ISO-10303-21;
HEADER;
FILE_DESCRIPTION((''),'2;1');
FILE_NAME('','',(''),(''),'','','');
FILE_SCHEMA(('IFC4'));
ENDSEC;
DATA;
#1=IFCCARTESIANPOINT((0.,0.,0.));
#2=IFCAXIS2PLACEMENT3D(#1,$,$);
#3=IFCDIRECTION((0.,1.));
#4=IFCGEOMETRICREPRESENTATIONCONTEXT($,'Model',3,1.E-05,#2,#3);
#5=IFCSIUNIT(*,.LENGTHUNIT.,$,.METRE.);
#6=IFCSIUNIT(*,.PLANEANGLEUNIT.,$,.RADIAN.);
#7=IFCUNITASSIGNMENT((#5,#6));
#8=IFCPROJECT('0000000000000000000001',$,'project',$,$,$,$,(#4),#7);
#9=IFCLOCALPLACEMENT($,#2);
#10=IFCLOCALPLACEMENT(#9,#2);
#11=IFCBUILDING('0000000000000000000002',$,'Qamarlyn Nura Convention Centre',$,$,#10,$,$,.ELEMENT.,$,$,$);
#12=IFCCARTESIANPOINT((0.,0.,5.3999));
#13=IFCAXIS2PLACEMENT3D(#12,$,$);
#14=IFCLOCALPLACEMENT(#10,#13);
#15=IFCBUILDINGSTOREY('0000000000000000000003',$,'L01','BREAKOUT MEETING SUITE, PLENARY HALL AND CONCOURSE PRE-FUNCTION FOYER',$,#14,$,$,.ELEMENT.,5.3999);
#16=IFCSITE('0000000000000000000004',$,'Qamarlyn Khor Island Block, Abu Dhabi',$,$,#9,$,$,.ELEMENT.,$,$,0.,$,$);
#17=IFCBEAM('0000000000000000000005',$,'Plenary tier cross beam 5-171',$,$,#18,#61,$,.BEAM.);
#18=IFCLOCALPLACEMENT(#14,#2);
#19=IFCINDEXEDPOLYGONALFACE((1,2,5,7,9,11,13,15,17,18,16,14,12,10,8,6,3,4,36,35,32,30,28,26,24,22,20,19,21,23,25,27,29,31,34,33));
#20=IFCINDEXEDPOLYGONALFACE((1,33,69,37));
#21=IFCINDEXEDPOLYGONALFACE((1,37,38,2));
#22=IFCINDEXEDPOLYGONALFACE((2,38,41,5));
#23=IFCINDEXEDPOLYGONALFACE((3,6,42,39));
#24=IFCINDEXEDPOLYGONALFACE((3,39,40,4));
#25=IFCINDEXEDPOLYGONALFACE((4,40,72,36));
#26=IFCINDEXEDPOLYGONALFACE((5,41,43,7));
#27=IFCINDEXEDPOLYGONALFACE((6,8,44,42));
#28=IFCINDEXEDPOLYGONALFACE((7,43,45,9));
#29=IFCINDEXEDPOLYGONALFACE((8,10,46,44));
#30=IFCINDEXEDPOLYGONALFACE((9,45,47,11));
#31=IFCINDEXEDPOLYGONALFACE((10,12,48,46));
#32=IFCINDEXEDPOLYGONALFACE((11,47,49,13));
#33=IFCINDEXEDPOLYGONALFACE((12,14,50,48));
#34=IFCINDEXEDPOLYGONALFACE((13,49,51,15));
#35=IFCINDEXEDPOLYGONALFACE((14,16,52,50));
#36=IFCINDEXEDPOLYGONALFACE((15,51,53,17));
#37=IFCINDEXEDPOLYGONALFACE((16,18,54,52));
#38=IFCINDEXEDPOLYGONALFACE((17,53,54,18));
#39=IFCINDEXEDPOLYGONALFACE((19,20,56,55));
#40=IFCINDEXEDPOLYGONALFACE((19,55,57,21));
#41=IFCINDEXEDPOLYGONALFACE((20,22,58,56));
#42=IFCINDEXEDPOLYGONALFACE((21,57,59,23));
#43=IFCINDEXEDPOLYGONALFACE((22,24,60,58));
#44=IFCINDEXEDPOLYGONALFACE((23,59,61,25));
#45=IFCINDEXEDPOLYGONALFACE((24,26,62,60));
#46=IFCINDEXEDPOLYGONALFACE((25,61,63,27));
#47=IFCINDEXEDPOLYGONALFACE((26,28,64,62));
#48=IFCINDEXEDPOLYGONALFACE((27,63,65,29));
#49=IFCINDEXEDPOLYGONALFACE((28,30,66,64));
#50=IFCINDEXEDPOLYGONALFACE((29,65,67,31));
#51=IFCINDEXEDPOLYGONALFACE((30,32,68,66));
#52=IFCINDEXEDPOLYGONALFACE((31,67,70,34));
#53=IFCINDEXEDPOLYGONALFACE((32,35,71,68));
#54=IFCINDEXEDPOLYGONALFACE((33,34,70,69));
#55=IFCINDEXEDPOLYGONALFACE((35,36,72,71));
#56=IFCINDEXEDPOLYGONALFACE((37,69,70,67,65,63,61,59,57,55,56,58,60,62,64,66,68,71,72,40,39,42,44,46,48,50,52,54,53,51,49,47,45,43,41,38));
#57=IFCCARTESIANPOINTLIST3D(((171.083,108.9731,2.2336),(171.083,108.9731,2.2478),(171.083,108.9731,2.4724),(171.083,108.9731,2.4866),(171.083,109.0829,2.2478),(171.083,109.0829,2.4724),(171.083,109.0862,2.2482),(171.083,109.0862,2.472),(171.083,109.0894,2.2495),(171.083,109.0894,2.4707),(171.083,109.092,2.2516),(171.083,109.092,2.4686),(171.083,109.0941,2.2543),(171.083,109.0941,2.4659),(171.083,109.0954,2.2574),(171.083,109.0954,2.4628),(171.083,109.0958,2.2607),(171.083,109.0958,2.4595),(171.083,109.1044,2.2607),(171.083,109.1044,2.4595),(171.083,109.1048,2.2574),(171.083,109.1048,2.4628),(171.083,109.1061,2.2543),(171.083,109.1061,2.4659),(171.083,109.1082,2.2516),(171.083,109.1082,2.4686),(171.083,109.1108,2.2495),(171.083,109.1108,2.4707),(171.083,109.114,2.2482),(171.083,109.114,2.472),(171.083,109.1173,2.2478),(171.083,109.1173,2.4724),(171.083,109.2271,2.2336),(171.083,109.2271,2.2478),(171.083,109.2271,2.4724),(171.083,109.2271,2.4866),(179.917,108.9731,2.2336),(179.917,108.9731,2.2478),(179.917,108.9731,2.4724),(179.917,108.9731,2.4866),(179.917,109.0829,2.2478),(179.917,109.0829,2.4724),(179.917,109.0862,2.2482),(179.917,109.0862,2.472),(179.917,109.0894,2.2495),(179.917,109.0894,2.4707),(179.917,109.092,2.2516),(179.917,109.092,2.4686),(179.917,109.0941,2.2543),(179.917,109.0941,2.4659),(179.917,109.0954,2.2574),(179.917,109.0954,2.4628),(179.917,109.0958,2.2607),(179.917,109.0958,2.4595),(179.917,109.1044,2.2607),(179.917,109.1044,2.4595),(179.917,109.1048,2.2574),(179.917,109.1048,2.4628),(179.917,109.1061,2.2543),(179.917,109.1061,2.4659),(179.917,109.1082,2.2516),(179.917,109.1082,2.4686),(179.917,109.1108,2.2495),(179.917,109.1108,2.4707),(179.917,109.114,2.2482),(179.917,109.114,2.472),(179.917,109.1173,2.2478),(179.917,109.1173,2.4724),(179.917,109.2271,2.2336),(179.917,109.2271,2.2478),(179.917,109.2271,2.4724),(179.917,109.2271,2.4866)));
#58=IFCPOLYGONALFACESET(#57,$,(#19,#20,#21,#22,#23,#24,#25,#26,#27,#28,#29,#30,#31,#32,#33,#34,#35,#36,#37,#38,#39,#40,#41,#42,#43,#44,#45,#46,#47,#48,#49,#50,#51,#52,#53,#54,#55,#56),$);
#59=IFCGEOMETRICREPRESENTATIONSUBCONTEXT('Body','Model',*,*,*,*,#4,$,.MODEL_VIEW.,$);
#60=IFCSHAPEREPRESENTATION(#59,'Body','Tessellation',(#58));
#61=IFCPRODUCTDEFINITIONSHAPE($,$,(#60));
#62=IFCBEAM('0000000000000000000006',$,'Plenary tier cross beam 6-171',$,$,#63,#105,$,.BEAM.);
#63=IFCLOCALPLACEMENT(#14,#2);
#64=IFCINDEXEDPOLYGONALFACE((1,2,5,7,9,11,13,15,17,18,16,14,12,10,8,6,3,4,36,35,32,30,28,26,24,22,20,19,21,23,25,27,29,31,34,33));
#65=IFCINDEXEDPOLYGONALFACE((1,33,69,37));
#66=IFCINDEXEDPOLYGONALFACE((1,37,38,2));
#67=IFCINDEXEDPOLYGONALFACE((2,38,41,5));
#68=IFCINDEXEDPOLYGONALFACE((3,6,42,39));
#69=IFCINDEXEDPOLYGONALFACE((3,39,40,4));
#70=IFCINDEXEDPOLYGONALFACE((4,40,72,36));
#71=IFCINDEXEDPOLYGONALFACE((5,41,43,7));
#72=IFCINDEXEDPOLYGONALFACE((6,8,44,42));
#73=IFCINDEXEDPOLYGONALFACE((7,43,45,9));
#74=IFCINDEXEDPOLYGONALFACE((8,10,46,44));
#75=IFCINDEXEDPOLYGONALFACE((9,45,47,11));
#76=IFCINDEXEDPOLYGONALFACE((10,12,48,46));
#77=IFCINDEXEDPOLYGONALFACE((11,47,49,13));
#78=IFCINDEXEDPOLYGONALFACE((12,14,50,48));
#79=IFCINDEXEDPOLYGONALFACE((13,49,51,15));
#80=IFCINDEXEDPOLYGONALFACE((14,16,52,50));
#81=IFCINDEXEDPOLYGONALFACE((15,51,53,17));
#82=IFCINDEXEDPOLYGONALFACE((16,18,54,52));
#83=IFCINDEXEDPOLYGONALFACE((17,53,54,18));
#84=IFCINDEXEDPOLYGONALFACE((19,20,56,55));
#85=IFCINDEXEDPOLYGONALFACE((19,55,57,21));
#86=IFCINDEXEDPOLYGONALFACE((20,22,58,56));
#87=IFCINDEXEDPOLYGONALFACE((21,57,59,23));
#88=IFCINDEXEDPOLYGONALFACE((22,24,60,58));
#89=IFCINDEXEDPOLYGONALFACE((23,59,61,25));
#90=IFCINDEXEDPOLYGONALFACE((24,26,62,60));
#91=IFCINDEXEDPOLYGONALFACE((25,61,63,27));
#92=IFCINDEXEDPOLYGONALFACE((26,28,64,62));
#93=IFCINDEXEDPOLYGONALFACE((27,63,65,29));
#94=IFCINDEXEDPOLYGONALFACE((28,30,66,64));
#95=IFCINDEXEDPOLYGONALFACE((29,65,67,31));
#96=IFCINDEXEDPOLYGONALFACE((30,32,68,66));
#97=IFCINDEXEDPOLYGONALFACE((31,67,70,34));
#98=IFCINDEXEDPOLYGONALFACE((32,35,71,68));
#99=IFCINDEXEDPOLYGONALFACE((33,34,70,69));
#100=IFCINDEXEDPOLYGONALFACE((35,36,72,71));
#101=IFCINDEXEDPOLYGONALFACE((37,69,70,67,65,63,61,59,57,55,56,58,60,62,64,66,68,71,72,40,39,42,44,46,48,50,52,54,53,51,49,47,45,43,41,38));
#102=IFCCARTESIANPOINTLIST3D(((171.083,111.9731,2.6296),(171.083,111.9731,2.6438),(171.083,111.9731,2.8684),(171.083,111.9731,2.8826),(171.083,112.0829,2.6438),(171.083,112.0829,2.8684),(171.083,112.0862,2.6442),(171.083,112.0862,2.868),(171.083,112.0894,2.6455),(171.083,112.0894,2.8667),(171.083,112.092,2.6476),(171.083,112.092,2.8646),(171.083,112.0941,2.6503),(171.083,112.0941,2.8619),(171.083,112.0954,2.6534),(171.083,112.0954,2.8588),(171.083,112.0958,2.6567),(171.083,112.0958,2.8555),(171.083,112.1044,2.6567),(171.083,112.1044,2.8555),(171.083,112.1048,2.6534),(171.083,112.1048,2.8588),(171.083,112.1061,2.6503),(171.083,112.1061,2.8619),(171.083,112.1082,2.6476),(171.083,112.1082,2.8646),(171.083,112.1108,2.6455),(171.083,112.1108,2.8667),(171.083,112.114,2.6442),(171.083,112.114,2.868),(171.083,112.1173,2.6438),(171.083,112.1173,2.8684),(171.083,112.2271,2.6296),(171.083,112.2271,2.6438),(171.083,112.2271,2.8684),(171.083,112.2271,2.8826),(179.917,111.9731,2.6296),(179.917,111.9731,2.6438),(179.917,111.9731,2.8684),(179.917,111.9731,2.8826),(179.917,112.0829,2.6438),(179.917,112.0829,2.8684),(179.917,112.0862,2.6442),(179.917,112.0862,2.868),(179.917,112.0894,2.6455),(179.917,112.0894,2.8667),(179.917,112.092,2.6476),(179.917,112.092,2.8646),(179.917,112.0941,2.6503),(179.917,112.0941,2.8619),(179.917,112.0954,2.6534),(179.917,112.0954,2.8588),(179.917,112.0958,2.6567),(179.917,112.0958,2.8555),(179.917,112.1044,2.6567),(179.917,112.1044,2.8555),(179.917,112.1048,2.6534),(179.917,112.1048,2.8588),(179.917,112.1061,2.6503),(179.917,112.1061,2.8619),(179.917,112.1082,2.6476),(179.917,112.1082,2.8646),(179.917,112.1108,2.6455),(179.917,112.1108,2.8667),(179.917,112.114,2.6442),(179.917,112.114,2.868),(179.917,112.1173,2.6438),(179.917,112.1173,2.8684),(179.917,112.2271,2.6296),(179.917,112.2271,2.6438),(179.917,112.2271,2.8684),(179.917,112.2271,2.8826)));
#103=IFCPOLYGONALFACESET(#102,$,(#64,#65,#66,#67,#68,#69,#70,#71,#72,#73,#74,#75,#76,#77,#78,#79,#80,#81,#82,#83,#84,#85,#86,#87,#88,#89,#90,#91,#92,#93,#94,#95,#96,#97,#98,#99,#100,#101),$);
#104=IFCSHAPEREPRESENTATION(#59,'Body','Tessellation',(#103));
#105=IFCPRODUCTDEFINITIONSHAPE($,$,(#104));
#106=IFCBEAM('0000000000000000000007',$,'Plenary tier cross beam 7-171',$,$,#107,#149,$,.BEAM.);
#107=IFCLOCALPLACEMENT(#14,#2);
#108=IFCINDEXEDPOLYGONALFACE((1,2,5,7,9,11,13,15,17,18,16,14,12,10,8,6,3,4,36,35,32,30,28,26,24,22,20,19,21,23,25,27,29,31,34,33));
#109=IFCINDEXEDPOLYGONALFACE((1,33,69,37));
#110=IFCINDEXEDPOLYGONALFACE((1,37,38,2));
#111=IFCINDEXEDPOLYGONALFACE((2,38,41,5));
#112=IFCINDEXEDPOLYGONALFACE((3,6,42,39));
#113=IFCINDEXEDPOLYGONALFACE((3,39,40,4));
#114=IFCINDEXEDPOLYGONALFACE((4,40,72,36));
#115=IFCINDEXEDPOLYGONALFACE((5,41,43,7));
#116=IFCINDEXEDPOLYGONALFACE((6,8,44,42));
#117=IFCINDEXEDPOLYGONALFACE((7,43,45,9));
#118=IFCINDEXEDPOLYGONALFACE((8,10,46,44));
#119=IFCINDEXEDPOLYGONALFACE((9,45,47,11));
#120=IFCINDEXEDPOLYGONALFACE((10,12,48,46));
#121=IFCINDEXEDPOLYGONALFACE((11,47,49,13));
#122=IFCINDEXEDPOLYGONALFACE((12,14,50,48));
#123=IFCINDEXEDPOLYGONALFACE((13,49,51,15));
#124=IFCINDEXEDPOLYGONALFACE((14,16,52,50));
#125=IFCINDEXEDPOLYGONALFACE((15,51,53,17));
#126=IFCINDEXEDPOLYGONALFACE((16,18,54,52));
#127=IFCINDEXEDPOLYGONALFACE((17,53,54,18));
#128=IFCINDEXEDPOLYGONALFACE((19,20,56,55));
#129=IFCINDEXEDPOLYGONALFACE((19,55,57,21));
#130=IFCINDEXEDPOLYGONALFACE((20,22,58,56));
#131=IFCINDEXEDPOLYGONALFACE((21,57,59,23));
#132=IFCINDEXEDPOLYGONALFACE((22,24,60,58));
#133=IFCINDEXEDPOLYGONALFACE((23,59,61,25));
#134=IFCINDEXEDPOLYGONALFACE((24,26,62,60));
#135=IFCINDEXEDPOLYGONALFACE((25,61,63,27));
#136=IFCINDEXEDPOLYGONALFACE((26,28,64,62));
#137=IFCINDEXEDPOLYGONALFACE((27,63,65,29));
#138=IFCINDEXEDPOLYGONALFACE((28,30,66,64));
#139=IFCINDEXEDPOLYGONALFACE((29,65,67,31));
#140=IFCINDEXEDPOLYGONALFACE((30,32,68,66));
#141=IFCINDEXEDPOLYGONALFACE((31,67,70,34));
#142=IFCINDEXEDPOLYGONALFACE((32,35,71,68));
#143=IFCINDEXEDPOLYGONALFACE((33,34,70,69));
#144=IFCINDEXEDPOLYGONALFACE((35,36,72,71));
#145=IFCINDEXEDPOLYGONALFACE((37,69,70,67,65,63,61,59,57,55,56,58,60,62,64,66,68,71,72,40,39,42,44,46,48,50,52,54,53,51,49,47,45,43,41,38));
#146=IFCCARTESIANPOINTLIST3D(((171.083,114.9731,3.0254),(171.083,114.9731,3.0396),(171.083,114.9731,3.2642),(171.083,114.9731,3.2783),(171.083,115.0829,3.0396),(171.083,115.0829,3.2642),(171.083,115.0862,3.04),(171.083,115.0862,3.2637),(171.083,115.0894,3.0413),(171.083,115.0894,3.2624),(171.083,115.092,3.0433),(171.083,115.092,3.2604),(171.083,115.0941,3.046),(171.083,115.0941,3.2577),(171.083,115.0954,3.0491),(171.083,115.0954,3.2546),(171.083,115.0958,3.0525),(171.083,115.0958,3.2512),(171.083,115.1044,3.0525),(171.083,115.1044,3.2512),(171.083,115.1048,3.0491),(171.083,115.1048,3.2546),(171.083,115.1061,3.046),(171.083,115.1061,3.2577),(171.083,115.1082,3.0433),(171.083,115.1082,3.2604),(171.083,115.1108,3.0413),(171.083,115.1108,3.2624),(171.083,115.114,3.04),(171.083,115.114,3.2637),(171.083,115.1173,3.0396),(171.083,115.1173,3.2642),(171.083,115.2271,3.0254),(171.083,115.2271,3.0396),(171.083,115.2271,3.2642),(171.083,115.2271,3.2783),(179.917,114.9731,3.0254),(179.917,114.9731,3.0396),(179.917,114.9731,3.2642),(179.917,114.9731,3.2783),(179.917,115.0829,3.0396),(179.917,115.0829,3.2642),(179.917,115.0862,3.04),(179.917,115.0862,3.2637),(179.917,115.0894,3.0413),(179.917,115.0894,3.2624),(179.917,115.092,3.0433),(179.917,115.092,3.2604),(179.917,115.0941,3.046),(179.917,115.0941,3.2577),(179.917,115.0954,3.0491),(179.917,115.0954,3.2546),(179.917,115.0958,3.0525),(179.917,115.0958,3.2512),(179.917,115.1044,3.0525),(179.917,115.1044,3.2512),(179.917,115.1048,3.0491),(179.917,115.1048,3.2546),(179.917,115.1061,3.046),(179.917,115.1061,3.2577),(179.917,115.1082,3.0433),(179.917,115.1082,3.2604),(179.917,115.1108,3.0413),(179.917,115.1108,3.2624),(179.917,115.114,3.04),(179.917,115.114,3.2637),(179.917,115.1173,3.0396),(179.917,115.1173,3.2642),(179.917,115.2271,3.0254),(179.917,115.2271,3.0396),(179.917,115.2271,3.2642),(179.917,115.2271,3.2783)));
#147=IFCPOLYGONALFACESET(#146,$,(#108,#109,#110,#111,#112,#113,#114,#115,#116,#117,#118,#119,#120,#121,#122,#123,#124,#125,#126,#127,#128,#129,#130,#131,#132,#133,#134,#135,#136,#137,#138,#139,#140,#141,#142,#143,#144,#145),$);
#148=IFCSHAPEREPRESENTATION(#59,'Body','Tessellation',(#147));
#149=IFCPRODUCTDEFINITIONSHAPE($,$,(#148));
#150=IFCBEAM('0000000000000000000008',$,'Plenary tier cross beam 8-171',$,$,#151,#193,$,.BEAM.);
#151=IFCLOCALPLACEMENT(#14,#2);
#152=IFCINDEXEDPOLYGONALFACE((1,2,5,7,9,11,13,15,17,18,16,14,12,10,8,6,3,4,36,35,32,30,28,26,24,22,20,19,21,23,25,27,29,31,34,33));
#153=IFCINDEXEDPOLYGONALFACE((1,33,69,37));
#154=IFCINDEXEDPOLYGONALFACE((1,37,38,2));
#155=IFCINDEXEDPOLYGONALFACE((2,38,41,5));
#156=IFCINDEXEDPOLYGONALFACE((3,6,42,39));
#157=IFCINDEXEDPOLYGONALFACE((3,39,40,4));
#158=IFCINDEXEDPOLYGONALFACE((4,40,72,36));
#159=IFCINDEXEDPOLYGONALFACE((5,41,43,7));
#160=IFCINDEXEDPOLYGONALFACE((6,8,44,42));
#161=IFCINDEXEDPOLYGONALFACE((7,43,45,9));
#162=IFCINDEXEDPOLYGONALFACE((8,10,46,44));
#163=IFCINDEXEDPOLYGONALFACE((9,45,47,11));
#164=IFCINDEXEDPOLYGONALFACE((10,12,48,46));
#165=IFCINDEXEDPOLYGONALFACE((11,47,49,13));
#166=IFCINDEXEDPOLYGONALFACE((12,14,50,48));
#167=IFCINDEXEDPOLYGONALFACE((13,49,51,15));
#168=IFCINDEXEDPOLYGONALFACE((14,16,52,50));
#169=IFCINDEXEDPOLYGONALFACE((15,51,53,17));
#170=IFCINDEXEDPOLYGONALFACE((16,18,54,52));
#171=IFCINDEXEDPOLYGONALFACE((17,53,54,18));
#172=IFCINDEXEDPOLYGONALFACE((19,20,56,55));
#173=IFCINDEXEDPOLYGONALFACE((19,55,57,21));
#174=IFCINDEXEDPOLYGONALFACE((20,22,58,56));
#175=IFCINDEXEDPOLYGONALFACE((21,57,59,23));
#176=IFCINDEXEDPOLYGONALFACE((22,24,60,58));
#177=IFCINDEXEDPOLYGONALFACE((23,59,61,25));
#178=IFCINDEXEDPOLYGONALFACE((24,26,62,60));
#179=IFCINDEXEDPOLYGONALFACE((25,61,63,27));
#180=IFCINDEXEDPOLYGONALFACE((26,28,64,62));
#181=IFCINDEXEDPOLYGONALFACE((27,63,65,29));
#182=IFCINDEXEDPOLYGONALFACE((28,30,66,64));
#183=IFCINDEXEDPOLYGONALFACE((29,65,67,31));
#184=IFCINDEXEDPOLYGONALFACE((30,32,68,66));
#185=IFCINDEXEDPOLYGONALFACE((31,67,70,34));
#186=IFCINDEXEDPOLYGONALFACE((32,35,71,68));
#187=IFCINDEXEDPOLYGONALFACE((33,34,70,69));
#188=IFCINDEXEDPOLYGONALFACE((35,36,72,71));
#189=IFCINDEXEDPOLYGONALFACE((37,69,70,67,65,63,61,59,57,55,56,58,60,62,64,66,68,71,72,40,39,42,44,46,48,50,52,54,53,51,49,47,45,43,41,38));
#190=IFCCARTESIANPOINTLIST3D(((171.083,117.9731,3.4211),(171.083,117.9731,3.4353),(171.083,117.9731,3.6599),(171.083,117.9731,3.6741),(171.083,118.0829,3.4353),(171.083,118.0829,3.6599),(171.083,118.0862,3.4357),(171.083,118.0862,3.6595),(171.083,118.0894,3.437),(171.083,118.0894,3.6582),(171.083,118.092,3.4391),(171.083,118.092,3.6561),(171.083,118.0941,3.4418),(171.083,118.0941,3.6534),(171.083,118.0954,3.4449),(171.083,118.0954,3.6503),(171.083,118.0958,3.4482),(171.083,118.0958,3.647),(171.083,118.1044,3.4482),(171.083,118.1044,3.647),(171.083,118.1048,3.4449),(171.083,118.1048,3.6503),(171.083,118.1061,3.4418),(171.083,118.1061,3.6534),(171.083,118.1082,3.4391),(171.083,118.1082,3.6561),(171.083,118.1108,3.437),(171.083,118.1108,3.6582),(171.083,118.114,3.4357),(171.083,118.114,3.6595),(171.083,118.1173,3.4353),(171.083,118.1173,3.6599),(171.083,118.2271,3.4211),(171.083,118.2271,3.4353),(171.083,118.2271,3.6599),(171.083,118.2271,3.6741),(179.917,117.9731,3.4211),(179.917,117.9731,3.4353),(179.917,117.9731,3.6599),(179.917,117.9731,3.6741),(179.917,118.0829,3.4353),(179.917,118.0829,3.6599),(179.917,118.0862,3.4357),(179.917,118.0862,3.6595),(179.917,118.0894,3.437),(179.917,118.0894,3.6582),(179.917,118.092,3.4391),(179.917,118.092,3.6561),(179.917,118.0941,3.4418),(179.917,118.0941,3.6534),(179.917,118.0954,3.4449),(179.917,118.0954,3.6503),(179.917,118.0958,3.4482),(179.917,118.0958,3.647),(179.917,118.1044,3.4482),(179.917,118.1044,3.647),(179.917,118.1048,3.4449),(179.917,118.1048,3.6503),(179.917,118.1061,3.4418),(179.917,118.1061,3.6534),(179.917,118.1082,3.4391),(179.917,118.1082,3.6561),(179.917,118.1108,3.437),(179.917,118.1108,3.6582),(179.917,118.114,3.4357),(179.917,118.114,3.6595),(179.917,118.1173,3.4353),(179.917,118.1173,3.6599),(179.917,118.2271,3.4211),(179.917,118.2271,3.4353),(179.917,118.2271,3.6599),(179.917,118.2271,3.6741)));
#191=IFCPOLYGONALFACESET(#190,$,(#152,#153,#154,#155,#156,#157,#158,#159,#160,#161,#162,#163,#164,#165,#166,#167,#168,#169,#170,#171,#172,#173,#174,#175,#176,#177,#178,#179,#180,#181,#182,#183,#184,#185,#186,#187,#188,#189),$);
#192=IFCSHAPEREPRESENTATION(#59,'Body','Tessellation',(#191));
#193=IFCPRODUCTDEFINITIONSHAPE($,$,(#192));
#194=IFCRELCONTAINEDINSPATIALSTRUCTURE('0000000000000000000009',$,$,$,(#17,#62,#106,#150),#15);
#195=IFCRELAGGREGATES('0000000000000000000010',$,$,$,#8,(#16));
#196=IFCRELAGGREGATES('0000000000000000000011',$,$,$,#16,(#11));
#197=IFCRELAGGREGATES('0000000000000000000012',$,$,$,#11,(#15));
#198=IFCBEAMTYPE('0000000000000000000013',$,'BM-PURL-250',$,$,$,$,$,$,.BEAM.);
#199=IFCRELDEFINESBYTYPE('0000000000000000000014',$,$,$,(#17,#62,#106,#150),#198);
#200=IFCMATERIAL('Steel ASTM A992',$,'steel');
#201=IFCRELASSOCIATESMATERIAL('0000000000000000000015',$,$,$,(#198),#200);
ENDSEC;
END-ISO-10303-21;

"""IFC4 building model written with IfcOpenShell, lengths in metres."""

from ifc_helpers import new_model, si_unit, direction, frame, origin, origin_2d, place, context, subcontext, project, spatial, i_section, extrude, material, material_profile, profile_set, type_object, element, save


model = new_model("IFC4")

# Units and contexts
model_context = context("Model", 3, precision=1e-05, world=origin(), true_north=direction((0.0, 1.0)))
body_context = subcontext(model_context, "Body", "Model", "MODEL_VIEW")
ifc_project = project(units=[si_unit("LENGTHUNIT", "METRE"), si_unit("PLANEANGLEUNIT", "RADIAN")], contexts=[model_context])

# Site, building, storey
site_placement = place(None, origin())
site = spatial("IfcSite", under=ifc_project, at=site_placement, Name="Qamarlyn Khor Island Block, Abu Dhabi", CompositionType="ELEMENT", RefElevation=0.0)
building_placement = place(site_placement, origin())
building = spatial("IfcBuilding", under=site, at=building_placement, Name="Qamarlyn Nura Convention Centre", CompositionType="ELEMENT")
storey_placement = place(building_placement, frame((0.0, 0.0, 5.3999)))
storey = spatial("IfcBuildingStorey", under=building, at=storey_placement, Name="L01", Description="BREAKOUT MEETING SUITE, PLENARY HALL AND CONCOURSE PRE-FUNCTION FOYER", CompositionType="ELEMENT", Elevation=5.3999)

# Beams
ifc_material_1 = material(Name="Steel ASTM A992", Category="steel")
ifc_material_profile_1 = material_profile(ifc_material_1, i_section(OverallWidth=0.2539, OverallDepth=0.2529, WebThickness=0.0085, FlangeThickness=0.0142, FilletRadius=0.0129, at=origin_2d()), Name="W250X73")
ifc_profile_set_1 = profile_set([ifc_material_profile_1], Name="Steel ASTM A992")
beam_type_1 = type_object("IfcBeamType", Name="BM-PURL-250", PredefinedType="BEAM", material=ifc_profile_set_1)
for number, where, z_axis, x_axis, name in (
    (1, (171.083, 109.1001, 2.3601), (1.0, 0.0, 0.0), (0.0, 1.0, 0.0), "Plenary tier cross beam 5-171"),
    (2, (171.083, 112.1001, 2.7561), (1.0, 0.0, 0.0), (0.0, 1.0, 0.0), "Plenary tier cross beam 6-171"),
    (3, (171.083, 115.1001, 3.1519), (1.0, 0.0, 0.0), (0.0, 1.0, 0.0), "Plenary tier cross beam 7-171"),
    (4, (171.083, 118.1001, 3.5476), (1.0, 0.0, 0.0), (0.0, 1.0, 0.0), "Plenary tier cross beam 8-171"),
):
    element("IfcBeam", number, at=place(storey_placement, frame(where, z_axis=z_axis, x_axis=x_axis)), inside=storey, type_object=beam_type_1, Name=name, PredefinedType="BEAM", context=body_context, shape_type="SweptSolid", body=[
        extrude(i_section(OverallWidth=0.2539, OverallDepth=0.2529, WebThickness=0.0085, FlangeThickness=0.0142, FilletRadius=0.0129, at=origin_2d()), origin(), (0.0, 0.0, 1.0), 8.834),
    ])

save(model, "model.ifc")
